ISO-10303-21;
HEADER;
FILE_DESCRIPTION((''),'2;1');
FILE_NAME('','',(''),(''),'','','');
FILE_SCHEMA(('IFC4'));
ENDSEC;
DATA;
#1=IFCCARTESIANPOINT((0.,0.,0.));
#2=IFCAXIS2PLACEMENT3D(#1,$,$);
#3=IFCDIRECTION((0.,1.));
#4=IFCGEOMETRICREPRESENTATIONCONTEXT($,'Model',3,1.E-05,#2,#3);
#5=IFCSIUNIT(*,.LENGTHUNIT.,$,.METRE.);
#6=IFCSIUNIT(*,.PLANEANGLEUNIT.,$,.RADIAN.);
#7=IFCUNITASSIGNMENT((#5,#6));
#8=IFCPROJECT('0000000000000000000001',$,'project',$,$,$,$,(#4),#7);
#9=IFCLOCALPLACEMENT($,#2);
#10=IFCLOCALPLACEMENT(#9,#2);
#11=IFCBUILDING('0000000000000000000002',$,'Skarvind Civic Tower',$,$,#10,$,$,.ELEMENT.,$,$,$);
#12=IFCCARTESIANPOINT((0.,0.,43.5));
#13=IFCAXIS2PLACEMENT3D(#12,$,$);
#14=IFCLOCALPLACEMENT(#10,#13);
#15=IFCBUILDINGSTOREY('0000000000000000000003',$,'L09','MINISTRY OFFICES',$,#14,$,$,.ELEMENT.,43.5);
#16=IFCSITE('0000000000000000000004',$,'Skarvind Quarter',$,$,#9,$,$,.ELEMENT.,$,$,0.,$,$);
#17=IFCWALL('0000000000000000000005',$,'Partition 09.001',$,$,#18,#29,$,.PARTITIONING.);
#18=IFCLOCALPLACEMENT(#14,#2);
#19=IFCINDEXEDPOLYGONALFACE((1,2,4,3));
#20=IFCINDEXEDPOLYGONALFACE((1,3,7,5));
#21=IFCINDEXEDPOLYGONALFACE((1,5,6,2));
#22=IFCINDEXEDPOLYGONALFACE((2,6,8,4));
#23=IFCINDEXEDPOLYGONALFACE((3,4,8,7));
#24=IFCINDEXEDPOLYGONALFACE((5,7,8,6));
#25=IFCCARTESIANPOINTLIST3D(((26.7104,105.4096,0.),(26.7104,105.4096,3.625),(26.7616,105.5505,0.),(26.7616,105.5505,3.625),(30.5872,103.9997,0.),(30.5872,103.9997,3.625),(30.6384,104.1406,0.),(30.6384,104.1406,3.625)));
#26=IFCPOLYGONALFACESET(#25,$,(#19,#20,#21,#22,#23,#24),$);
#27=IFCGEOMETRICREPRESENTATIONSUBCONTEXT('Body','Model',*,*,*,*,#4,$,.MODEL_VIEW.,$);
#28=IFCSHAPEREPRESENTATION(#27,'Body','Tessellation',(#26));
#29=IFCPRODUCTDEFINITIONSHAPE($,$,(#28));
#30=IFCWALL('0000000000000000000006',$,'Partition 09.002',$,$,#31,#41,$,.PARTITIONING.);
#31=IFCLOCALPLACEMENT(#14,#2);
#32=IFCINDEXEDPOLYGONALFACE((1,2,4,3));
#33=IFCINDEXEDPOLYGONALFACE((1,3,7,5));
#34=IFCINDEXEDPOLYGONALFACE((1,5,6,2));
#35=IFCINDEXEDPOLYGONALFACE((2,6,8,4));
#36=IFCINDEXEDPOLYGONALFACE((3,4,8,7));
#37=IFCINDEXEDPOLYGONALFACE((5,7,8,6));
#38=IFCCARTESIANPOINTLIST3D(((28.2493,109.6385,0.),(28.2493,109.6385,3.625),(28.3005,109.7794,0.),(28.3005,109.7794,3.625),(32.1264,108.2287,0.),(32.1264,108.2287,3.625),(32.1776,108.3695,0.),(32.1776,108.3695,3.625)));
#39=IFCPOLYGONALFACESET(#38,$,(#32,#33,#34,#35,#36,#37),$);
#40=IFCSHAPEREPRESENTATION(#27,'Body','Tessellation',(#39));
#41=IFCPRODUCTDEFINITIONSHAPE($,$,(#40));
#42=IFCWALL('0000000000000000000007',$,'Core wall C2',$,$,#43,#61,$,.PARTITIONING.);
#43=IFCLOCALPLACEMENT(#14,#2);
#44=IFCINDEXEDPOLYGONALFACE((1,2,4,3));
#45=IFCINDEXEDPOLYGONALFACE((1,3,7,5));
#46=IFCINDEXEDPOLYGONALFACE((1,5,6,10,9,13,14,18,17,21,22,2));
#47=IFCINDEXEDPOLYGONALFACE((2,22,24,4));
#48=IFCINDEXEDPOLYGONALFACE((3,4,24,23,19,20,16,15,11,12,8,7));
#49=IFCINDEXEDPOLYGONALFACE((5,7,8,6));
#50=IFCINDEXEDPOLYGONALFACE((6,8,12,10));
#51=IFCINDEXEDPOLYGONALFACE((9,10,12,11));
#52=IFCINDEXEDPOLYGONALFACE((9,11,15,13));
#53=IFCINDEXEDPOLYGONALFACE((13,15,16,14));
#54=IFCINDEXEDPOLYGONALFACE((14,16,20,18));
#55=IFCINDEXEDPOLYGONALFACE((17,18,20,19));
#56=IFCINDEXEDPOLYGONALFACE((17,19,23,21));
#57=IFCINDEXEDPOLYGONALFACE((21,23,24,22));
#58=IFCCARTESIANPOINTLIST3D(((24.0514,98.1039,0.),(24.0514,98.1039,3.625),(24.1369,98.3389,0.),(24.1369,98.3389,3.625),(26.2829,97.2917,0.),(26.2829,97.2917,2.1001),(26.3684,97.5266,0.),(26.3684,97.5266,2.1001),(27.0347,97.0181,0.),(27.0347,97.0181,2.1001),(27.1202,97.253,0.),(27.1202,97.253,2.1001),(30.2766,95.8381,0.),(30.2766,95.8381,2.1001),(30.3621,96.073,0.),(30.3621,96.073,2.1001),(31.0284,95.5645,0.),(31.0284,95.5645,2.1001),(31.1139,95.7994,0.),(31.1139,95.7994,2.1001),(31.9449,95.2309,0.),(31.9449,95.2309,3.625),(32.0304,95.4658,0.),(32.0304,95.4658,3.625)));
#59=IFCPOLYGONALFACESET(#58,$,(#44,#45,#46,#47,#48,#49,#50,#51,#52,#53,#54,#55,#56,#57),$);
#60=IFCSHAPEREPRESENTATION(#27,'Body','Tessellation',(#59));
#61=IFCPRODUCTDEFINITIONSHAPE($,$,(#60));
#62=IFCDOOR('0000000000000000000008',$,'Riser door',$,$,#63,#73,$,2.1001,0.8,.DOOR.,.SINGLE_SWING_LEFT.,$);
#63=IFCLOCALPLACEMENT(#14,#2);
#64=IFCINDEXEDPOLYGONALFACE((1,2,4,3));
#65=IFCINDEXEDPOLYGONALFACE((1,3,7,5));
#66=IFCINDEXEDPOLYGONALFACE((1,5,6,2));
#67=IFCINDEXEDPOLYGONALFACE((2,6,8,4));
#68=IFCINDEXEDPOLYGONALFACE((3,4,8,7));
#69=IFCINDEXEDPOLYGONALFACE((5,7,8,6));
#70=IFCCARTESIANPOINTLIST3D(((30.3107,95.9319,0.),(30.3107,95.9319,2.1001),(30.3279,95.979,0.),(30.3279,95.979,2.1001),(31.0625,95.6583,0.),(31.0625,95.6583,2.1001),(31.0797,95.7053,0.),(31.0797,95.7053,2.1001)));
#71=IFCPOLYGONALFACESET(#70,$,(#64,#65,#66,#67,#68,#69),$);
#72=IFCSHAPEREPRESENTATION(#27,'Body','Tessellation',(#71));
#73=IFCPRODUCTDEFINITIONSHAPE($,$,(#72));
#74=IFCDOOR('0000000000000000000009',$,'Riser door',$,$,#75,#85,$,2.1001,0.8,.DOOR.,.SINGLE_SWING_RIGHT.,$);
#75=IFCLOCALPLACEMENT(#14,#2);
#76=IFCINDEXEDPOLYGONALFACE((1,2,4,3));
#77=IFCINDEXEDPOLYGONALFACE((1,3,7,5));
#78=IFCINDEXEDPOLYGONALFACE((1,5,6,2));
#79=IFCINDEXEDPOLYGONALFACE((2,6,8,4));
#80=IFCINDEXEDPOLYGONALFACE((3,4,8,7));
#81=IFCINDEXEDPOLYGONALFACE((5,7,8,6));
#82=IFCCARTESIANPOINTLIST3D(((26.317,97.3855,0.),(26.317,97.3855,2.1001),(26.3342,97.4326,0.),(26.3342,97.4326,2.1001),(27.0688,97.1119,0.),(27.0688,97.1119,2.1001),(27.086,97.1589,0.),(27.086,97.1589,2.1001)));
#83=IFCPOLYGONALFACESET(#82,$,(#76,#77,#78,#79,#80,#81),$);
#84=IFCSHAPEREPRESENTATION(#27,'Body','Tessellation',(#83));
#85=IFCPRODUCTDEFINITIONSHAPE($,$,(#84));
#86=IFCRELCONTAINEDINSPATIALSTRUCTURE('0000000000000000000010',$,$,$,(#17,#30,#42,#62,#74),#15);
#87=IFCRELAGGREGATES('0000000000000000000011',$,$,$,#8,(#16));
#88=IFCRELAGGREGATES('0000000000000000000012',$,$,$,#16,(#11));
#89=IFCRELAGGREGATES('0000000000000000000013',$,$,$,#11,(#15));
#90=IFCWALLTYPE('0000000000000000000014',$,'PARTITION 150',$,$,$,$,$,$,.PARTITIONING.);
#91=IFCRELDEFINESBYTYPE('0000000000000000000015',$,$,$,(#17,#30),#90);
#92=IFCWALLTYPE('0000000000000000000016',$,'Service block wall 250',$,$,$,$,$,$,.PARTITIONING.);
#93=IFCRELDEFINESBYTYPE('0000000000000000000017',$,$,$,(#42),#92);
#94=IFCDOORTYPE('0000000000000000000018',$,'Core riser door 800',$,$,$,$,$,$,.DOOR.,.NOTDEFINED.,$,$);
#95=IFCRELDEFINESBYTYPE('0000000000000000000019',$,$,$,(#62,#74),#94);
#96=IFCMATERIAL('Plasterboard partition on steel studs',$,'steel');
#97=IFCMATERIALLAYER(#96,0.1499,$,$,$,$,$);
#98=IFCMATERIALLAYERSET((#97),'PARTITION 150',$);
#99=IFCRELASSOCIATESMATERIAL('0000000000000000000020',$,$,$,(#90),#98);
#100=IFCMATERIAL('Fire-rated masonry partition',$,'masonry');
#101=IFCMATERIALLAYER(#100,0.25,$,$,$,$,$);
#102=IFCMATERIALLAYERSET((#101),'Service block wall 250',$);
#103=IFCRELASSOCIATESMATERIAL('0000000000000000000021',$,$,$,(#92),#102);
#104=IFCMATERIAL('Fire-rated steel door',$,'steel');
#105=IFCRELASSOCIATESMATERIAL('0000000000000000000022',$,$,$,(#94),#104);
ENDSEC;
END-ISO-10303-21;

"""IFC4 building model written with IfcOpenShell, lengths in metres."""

from ifc_helpers import new_model, si_unit, direction, frame, frame_2d, origin, place, context, subcontext, project, spatial, rectangle, extrude, material, layer, layer_set, type_object, element, fill, save


model = new_model("IFC4")

# Units and contexts
model_context = context("Model", 3, precision=1e-05, world=origin(), true_north=direction((0.0, 1.0)))
body_context = subcontext(model_context, "Body", "Model", "MODEL_VIEW")
ifc_project = project(units=[si_unit("LENGTHUNIT", "METRE"), si_unit("PLANEANGLEUNIT", "RADIAN")], contexts=[model_context])

# Site, building, storey
site_placement = place(None, origin())
site = spatial("IfcSite", under=ifc_project, at=site_placement, Name="Skarvind Quarter", CompositionType="ELEMENT", RefElevation=0.0)
building_placement = place(site_placement, origin())
building = spatial("IfcBuilding", under=site, at=building_placement, Name="Skarvind Civic Tower", CompositionType="ELEMENT")
storey_placement = place(building_placement, frame((0.0, 0.0, 43.5)))
storey = spatial("IfcBuildingStorey", under=building, at=storey_placement, Name="L09", Description="MINISTRY OFFICES", CompositionType="ELEMENT", Elevation=43.5)

# Shared definitions
ifc_material_1 = material(Name="Fire-rated masonry partition", Category="masonry")
ifc_material_2 = material(Name="Fire-rated steel door", Category="steel")

# Walls
ifc_material_3 = material(Name="Plasterboard partition on steel studs", Category="steel")
ifc_layer_1 = layer(ifc_material_3, 0.1499)
ifc_layer_set_1 = layer_set([ifc_layer_1], Name="PARTITION 150")
wall_type_1 = type_object("IfcWallType", Name="PARTITION 150", PredefinedType="PARTITIONING", material=ifc_layer_set_1)
wall_1_placement = place(storey_placement, frame((26.7361, 105.48, 0.0), z_axis=(0.0, 0.0, 1.0), x_axis=(0.939785, -0.341767, 0.0)))
element("IfcWall", 1, at=wall_1_placement, inside=storey, type_object=wall_type_1, Name="Partition 09.001", PredefinedType="PARTITIONING", context=body_context, shape_type="SweptSolid", body=[
    extrude(rectangle(XDim=4.1252, YDim=0.1499, at=frame_2d((2.0625, 0.0))), origin(), (0.0, 0.0, 1.0), 3.625),
])
wall_2_placement = place(storey_placement, frame((28.2749, 109.709, 0.0), z_axis=(0.0, 0.0, 1.0), x_axis=(0.939792, -0.341748, 0.0)))
element("IfcWall", 2, at=wall_2_placement, inside=storey, type_object=wall_type_1, Name="Partition 09.002", PredefinedType="PARTITIONING", context=body_context, shape_type="SweptSolid", body=[
    extrude(rectangle(XDim=4.1255, YDim=0.1499, at=frame_2d((2.0627, 0.0))), origin(), (0.0, 0.0, 1.0), 3.625),
])

# Wall, openings, doors
ifc_layer_2 = layer(ifc_material_1, 0.25)
ifc_layer_set_2 = layer_set([ifc_layer_2], Name="Service block wall 250")
wall_type_2 = type_object("IfcWallType", Name="Service block wall 250", PredefinedType="PARTITIONING", material=ifc_layer_set_2)
wall_3_placement = place(storey_placement, frame((24.094, 98.2214, 0.0), z_axis=(0.0, 0.0, 1.0), x_axis=(0.939692, -0.342023, 0.0)))
wall_3 = element("IfcWall", 3, at=wall_3_placement, inside=storey, type_object=wall_type_2, Name="Core wall C2", PredefinedType="PARTITIONING", context=body_context, shape_type="SweptSolid", body=[
    extrude(rectangle(XDim=8.4001, YDim=0.25, at=frame_2d((4.2002, 0.0))), origin(), (0.0, 0.0, 1.0), 3.625),
])
opening_1_placement = place(wall_3_placement, frame((6.625, 0.0, 0.0)))
opening_1 = element("IfcOpeningElement", 4, at=opening_1_placement, cuts=wall_3, PredefinedType="OPENING", context=body_context, shape_type="SweptSolid", body=[
    extrude(rectangle(XDim=0.8, YDim=2.1001, at=frame_2d((0.3999, 1.05))), frame((0.0, 0.135, 0.0), z_axis=(0.0, -1.0, 0.0), x_axis=(1.0, 0.0, 0.0)), (0.0, 0.0, 1.0), 0.27),
])
opening_2_placement = place(wall_3_placement, frame((2.375, 0.0, 0.0)))
opening_2 = element("IfcOpeningElement", 5, at=opening_2_placement, cuts=wall_3, PredefinedType="OPENING", context=body_context, shape_type="SweptSolid", body=[
    extrude(rectangle(XDim=0.8, YDim=2.1001, at=frame_2d((0.3999, 1.05))), frame((0.0, 0.135, 0.0), z_axis=(0.0, -1.0, 0.0), x_axis=(1.0, 0.0, 0.0)), (0.0, 0.0, 1.0), 0.27),
])
door_type_1 = type_object("IfcDoorType", Name="Core riser door 800", OperationType="NOTDEFINED", PredefinedType="DOOR", material=ifc_material_2)
door_1_placement = place(opening_1_placement, origin())
door_1 = element("IfcDoor", 6, at=door_1_placement, inside=storey, type_object=door_type_1, Name="Riser door", OperationType="SINGLE_SWING_LEFT", OverallHeight=2.1001, OverallWidth=0.8, PredefinedType="DOOR", context=body_context, shape_type="SweptSolid", body=[
    extrude(rectangle(XDim=0.8, YDim=2.1001, at=frame_2d((0.3999, 1.05))), frame((0.0, 0.0249, 0.0), z_axis=(0.0, -1.0, 0.0), x_axis=(1.0, 0.0, 0.0)), (0.0, 0.0, 1.0), 0.05),
])
fill(opening_1, door_1)
door_2_placement = place(opening_2_placement, origin())
door_2 = element("IfcDoor", 7, at=door_2_placement, inside=storey, type_object=door_type_1, Name="Riser door", OperationType="SINGLE_SWING_RIGHT", OverallHeight=2.1001, OverallWidth=0.8, PredefinedType="DOOR", context=body_context, shape_type="SweptSolid", body=[
    extrude(rectangle(XDim=0.8, YDim=2.1001, at=frame_2d((0.3999, 1.05))), frame((0.0, 0.0249, 0.0), z_axis=(0.0, -1.0, 0.0), x_axis=(1.0, 0.0, 0.0)), (0.0, 0.0, 1.0), 0.05),
])
fill(opening_2, door_2)

save(model, "model.ifc")
